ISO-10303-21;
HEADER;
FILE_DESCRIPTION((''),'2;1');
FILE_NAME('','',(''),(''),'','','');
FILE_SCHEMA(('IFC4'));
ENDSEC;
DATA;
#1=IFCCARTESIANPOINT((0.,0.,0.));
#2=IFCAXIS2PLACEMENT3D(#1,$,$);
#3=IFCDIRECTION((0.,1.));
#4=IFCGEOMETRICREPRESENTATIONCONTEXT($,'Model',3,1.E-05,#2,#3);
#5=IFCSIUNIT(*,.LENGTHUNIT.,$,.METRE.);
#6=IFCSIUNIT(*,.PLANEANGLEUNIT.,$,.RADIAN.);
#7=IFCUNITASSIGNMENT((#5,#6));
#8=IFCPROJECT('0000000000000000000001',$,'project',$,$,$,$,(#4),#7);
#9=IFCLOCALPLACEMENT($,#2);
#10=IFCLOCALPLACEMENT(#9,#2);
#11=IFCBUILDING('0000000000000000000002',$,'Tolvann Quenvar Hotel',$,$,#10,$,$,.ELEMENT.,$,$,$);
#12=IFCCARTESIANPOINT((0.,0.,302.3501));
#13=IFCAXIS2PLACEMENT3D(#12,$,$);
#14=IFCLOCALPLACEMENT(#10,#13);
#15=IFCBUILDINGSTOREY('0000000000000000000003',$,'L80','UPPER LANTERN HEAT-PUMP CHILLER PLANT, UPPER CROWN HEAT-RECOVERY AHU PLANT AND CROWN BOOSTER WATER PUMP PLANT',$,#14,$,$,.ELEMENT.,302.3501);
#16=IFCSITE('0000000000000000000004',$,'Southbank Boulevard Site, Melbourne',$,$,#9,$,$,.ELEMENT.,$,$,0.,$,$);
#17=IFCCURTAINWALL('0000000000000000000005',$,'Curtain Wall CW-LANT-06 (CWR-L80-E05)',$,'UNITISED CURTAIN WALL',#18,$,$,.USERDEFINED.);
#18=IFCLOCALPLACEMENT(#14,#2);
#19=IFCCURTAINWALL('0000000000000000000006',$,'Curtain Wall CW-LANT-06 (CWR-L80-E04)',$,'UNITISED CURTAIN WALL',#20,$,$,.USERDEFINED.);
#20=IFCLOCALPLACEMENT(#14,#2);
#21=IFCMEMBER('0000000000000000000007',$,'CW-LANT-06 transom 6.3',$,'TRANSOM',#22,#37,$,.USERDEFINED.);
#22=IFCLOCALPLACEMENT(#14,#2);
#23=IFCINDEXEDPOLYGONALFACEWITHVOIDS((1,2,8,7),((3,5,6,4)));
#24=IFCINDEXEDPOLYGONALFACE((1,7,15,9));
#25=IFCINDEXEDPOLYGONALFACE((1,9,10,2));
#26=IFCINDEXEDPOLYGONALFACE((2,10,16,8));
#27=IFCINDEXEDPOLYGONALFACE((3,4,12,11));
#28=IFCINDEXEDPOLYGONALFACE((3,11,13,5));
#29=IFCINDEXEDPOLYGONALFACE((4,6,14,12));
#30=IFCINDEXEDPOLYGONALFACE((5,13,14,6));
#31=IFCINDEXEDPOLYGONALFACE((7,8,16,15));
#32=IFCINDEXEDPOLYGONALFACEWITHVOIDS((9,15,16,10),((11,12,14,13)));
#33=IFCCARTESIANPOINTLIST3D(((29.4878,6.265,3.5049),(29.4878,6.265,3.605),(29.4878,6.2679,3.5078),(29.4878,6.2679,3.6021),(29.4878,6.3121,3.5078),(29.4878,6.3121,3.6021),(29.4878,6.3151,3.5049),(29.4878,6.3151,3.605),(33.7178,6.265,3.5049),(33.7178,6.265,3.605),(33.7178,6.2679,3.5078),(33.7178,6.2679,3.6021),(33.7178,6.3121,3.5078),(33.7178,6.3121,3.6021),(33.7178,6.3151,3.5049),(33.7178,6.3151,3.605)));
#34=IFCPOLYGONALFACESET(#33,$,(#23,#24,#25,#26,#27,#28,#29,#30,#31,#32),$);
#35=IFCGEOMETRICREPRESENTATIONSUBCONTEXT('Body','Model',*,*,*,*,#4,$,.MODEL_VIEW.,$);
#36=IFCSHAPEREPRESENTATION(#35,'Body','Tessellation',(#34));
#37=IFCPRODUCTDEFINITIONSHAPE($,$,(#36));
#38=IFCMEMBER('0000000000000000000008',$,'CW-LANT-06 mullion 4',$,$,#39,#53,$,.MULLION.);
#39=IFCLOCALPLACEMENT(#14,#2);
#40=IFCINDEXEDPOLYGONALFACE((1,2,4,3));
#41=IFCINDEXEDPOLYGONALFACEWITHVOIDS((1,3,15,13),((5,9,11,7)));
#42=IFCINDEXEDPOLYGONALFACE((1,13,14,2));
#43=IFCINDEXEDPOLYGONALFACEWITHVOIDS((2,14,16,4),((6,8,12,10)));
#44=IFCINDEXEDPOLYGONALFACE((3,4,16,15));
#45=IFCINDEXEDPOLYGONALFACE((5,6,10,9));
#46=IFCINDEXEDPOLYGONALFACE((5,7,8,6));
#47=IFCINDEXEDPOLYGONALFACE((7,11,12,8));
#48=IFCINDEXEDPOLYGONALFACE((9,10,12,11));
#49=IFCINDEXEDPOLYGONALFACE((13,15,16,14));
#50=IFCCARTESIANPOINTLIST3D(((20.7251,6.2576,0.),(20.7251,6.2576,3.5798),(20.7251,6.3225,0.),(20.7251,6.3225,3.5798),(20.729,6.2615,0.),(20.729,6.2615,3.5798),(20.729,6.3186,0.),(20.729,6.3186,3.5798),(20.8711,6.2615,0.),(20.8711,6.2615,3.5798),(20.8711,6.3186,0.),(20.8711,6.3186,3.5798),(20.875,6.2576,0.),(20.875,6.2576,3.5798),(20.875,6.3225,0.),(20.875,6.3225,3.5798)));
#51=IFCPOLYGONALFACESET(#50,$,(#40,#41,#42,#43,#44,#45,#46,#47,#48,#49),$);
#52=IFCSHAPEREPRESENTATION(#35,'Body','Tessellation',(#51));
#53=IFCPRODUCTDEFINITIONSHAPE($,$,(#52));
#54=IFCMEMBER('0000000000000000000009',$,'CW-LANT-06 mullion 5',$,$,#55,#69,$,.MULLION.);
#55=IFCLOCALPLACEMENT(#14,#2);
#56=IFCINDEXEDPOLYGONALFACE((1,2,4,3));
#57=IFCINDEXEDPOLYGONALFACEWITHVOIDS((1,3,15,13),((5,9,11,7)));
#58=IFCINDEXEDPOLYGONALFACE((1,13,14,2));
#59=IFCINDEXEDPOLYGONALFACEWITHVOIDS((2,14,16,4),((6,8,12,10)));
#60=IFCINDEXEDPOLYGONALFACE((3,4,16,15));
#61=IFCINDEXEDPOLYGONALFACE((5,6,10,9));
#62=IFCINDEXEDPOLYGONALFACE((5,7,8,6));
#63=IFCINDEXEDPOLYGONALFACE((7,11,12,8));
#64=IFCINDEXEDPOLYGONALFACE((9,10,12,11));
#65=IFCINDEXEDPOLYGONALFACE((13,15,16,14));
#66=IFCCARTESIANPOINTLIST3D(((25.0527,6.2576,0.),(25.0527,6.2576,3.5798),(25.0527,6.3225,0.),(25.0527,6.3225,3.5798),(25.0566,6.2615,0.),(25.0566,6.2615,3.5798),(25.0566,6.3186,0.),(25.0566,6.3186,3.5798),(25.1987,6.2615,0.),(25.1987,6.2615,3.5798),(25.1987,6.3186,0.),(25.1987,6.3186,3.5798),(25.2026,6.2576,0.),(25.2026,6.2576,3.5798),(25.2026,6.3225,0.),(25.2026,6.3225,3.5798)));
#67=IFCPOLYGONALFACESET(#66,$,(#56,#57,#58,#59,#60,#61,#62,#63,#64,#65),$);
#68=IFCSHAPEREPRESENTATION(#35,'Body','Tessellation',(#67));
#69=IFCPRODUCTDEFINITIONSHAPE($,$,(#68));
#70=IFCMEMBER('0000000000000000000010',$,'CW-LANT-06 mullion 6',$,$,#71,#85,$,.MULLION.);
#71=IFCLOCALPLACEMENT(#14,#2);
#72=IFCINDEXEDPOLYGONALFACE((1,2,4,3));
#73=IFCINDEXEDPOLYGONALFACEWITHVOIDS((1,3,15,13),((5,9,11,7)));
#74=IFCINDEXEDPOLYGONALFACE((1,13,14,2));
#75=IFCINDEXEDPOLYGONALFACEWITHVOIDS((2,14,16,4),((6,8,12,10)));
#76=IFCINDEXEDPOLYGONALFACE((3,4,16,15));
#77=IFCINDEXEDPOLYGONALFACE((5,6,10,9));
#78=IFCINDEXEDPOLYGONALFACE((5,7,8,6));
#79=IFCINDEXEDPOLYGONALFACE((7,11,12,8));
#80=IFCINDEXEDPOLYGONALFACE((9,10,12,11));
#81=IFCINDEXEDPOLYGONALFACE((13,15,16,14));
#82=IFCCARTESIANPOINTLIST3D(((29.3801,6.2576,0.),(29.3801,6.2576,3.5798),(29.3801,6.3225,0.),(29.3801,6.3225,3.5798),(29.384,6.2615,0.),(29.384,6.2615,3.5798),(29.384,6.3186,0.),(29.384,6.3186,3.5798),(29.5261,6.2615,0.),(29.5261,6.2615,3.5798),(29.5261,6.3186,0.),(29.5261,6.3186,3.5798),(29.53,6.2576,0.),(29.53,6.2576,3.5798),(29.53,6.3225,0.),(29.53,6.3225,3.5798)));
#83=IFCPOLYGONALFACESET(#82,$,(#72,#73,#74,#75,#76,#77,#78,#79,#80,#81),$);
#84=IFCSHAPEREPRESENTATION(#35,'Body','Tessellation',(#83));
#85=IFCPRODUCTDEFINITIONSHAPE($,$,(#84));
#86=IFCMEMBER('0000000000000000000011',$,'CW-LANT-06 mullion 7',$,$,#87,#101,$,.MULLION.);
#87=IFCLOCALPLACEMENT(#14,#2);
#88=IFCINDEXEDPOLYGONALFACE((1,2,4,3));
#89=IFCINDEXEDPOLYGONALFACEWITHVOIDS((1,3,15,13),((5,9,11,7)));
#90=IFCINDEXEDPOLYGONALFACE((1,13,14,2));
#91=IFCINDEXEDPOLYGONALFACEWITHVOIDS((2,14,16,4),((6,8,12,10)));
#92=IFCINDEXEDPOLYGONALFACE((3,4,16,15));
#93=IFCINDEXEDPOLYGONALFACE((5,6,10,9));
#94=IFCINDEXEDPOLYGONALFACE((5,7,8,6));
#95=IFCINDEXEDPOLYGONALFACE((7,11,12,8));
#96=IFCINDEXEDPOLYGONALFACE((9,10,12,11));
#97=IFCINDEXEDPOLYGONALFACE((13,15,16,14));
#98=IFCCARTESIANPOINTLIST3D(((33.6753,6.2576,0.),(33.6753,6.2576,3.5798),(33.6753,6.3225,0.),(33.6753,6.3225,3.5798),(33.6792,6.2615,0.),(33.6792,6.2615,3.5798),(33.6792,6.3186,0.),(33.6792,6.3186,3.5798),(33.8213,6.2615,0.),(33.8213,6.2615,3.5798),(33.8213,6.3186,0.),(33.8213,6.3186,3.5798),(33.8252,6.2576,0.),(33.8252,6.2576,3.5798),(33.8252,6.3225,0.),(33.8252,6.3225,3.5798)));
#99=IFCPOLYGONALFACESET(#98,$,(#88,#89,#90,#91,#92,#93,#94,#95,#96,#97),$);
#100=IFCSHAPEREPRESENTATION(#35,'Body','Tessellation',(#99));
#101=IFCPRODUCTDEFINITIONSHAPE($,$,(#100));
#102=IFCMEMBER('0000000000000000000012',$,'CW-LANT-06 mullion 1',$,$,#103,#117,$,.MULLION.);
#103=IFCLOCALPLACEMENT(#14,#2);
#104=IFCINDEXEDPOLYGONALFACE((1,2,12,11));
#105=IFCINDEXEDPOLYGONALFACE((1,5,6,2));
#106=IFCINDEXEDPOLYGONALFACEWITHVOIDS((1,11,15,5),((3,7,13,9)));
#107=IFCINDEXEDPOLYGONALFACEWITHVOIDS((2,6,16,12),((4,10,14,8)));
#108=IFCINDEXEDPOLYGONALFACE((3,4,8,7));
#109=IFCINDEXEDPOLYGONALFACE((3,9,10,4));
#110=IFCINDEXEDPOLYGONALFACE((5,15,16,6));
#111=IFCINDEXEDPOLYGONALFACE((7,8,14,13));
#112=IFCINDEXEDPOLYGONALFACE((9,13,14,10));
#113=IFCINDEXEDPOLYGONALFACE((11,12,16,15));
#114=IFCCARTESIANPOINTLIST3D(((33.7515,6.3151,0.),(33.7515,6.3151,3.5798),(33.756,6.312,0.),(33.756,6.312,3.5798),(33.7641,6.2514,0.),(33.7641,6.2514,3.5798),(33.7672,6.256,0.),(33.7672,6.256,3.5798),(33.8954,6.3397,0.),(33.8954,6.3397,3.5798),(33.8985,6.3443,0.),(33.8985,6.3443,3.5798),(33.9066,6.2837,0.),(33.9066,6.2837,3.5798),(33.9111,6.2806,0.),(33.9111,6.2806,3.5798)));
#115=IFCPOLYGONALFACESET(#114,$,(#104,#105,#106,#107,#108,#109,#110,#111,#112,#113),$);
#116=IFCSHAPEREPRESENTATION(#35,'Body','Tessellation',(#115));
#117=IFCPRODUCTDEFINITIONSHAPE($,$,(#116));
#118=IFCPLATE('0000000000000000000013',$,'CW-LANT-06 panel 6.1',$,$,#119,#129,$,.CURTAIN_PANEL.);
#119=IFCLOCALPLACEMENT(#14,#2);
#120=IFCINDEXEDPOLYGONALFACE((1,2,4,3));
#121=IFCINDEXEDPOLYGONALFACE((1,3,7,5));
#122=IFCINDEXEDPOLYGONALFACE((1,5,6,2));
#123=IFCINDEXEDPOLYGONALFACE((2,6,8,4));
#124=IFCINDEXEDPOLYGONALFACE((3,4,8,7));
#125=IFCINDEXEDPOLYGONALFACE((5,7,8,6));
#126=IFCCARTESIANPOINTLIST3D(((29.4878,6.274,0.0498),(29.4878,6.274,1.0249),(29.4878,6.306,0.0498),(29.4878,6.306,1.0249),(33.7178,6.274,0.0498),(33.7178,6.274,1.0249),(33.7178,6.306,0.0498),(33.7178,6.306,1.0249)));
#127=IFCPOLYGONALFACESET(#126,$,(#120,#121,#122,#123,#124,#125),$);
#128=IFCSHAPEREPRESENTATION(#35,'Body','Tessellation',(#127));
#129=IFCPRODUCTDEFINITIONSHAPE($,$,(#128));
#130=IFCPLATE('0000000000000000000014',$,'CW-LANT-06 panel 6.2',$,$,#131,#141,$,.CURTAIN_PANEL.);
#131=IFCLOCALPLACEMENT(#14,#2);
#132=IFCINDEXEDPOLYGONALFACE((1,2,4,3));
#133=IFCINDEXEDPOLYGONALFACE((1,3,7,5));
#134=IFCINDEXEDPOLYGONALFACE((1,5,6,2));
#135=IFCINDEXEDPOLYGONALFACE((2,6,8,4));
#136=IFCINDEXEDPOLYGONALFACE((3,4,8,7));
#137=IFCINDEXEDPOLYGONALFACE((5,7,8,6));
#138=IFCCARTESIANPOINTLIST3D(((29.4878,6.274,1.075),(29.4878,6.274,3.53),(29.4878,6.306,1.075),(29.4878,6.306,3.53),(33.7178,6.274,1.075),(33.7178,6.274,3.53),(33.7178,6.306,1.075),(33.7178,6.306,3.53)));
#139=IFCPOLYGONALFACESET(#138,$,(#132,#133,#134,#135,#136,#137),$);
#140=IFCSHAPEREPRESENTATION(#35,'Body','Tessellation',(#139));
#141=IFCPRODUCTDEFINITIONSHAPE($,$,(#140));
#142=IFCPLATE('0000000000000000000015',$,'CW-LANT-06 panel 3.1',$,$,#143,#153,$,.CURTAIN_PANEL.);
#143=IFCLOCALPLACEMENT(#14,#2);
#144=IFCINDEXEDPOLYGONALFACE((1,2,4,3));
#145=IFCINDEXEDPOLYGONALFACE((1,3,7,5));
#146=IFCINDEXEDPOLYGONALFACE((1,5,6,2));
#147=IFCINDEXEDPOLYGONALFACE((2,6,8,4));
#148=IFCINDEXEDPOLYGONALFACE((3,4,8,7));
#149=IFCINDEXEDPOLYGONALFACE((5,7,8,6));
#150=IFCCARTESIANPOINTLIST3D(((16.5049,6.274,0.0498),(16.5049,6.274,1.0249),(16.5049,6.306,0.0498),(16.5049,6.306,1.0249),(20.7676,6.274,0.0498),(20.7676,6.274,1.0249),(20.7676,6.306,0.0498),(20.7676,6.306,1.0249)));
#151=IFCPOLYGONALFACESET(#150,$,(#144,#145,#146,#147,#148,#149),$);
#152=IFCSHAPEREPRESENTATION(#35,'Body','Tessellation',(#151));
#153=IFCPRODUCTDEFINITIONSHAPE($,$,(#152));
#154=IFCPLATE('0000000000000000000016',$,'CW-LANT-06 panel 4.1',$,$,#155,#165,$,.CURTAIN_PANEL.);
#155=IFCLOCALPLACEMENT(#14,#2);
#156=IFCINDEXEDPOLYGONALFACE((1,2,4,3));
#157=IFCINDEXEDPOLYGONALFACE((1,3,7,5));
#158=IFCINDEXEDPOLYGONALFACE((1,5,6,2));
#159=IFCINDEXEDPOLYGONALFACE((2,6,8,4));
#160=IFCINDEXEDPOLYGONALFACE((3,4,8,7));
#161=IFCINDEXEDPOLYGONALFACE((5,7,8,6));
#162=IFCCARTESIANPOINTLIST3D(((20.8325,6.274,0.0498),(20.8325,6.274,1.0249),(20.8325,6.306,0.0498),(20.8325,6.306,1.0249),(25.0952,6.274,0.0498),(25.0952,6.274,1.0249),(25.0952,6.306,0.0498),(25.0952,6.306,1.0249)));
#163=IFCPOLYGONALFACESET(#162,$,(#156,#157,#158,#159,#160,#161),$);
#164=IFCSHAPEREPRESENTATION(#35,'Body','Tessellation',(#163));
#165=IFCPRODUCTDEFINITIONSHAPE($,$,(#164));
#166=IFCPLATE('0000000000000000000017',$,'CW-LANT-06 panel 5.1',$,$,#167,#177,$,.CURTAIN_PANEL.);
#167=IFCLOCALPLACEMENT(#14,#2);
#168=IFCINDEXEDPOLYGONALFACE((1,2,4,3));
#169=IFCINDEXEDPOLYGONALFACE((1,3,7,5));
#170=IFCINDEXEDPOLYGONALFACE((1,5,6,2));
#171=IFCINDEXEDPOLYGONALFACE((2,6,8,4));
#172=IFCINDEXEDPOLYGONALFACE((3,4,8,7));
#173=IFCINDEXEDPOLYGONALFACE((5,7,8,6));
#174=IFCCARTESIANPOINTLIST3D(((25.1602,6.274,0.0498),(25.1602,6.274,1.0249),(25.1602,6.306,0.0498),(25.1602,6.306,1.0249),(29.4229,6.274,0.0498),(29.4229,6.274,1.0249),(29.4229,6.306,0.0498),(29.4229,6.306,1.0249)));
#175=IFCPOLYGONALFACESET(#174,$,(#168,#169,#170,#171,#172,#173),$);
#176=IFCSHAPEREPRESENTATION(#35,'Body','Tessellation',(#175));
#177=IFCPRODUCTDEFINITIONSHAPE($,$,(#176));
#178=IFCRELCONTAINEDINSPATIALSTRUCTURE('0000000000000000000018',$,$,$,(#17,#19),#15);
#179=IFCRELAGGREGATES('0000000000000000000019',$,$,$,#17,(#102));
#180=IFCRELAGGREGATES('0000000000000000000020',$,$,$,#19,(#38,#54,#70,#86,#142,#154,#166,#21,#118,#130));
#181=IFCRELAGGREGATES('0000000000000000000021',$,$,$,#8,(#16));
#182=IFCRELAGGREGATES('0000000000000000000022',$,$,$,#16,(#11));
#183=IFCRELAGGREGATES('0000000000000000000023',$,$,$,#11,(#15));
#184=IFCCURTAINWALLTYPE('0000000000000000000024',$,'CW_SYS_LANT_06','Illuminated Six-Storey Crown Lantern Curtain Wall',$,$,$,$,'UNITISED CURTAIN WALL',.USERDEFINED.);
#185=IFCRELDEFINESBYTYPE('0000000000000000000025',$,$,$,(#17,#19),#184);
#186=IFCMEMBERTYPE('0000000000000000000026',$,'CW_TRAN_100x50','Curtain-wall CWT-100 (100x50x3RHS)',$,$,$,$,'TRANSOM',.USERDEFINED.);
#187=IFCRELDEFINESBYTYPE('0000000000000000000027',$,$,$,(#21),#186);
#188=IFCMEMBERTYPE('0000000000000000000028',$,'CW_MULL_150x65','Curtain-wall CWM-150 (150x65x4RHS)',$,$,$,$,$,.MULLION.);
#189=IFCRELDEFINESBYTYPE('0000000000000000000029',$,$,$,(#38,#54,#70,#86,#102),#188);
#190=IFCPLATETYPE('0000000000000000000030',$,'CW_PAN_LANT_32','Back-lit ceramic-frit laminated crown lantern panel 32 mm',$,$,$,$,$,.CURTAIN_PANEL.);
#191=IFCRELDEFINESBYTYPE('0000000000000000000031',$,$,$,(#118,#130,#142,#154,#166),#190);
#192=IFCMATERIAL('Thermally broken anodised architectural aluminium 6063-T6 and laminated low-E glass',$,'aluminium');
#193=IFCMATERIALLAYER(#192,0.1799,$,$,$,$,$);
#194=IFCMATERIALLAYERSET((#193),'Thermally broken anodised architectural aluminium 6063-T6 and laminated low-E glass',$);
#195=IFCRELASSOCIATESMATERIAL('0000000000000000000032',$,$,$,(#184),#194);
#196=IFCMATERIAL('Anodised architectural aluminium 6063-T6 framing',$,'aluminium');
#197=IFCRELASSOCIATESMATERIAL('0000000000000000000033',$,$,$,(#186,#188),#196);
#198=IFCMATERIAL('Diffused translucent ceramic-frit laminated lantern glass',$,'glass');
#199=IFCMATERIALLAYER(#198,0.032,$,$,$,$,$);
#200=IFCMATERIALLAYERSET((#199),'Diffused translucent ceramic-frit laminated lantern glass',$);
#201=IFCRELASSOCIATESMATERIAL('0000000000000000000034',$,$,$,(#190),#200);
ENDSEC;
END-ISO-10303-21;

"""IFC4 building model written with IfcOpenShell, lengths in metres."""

from ifc_helpers import new_model, si_unit, direction, frame, origin, origin_2d, place, context, subcontext, project, spatial, rectangle, hollow_rectangle, extrude, source, transform, mapped, material, layer, layer_set, material_profile, profile_set, type_object, type_shapes, element, aggregate, save


model = new_model("IFC4")

# Units and contexts
model_context = context("Model", 3, precision=1e-05, world=origin(), true_north=direction((0.0, 1.0)))
body_context = subcontext(model_context, "Body", "Model", "MODEL_VIEW")
ifc_project = project(units=[si_unit("LENGTHUNIT", "METRE"), si_unit("PLANEANGLEUNIT", "RADIAN")], contexts=[model_context])

# Site, building, storey
site_placement = place(None, origin())
site = spatial("IfcSite", under=ifc_project, at=site_placement, Name="Southbank Boulevard Site, Melbourne", CompositionType="ELEMENT", RefElevation=0.0)
building_placement = place(site_placement, origin())
building = spatial("IfcBuilding", under=site, at=building_placement, Name="Tolvann Quenvar Hotel", CompositionType="ELEMENT")
storey_placement = place(building_placement, frame((0.0, 0.0, 302.3501)))
storey = spatial("IfcBuildingStorey", under=building, at=storey_placement, Name="L80", Description="UPPER LANTERN HEAT-PUMP CHILLER PLANT, UPPER CROWN HEAT-RECOVERY AHU PLANT AND CROWN BOOSTER WATER PUMP PLANT", CompositionType="ELEMENT", Elevation=302.3501)

# Curtain wall
ifc_material_1 = material(Name="Thermally broken anodised architectural aluminium 6063-T6 and laminated low-E glass", Category="aluminium")
ifc_layer_1 = layer(ifc_material_1, 0.1799)
ifc_layer_set_1 = layer_set([ifc_layer_1], Name="Thermally broken anodised architectural aluminium 6063-T6 and laminated low-E glass")
curtain_wall_type = type_object("IfcCurtainWallType", Name="CW_SYS_LANT_06", Description="Illuminated Six-Storey Crown Lantern Curtain Wall", ElementType="UNITISED CURTAIN WALL", PredefinedType="USERDEFINED", material=ifc_layer_set_1)
curtain_wall_1_placement = place(storey_placement, origin())
curtain_wall_1 = element("IfcCurtainWall", 1, at=curtain_wall_1_placement, inside=storey, type_object=curtain_wall_type, Name="Curtain Wall CW-LANT-06 (CWR-L80-E05)", ObjectType="UNITISED CURTAIN WALL", PredefinedType="USERDEFINED")
ifc_material_2 = material(Name="Anodised architectural aluminium 6063-T6 framing", Category="aluminium")
ifc_material_profile_1 = material_profile(ifc_material_2, hollow_rectangle(XDim=0.05, YDim=0.1001, WallThickness=0.0029, at=origin_2d()), Name="100x50x3RHS")
ifc_profile_set_1 = profile_set([ifc_material_profile_1], Name="Anodised architectural aluminium 6063-T6 framing")
member_type_1 = type_object("IfcMemberType", Name="CW_TRAN_100x50", Description="Curtain-wall CWT-100 (100x50x3RHS)", ElementType="TRANSOM", PredefinedType="USERDEFINED", material=ifc_profile_set_1)

# Curtain wall, members
curtain_wall_2_placement = place(storey_placement, origin())
curtain_wall_2 = element("IfcCurtainWall", 2, at=curtain_wall_2_placement, inside=storey, type_object=curtain_wall_type, Name="Curtain Wall CW-LANT-06 (CWR-L80-E04)", ObjectType="UNITISED CURTAIN WALL", PredefinedType="USERDEFINED")
shared_shape_1 = source(origin(), body_context, "Body", "SweptSolid", [
    extrude(hollow_rectangle(XDim=0.05, YDim=0.1001, WallThickness=0.0029, at=origin_2d()), origin(), (0.0, 0.0, 1.0), 4.23),
])
member_1_placement = place(storey_placement, frame((29.4878, 6.29, 3.5549), z_axis=(1.0, 0.0, 0.0), x_axis=(0.0, 1.0, 0.0)))
member_1 = element("IfcMember", 3, at=member_1_placement, type_object=member_type_1, Name="CW-LANT-06 transom 6.3", ObjectType="TRANSOM", PredefinedType="USERDEFINED", context=body_context, shape_type="MappedRepresentation", body=[
    mapped(shared_shape_1, transform((0.0, 0.0, 0.0), x_axis=(1.0, 0.0, 0.0), y_axis=(0.0, 1.0, 0.0), z_axis=(0.0, 0.0, 1.0), scale=1.0)),
])
ifc_material_profile_2 = material_profile(ifc_material_2, hollow_rectangle(XDim=0.0649, YDim=0.1499, WallThickness=0.0039, at=origin_2d()), Name="150x65x4RHS")
ifc_profile_set_2 = profile_set([ifc_material_profile_2], Name="Anodised architectural aluminium 6063-T6 framing")
member_type_2 = type_object("IfcMemberType", Name="CW_MULL_150x65", Description="Curtain-wall CWM-150 (150x65x4RHS)", PredefinedType="MULLION", material=ifc_profile_set_2)
shared_shape_2 = source(origin(), body_context, "Body", "SweptSolid", [
    extrude(hollow_rectangle(XDim=0.0649, YDim=0.1499, WallThickness=0.0039, at=origin_2d()), origin(), (0.0, 0.0, 1.0), 3.5798),
])
type_shapes(member_type_2, [shared_shape_2])
member_2_placement = place(storey_placement, frame((20.8, 6.29, 0.0), z_axis=(0.0, 0.0, 1.0), x_axis=(0.0, 1.0, 0.0)))
member_2 = element("IfcMember", 4, at=member_2_placement, type_object=member_type_2, Name="CW-LANT-06 mullion 4", PredefinedType="MULLION", context=body_context, shape_type="MappedRepresentation", body=[
    mapped(shared_shape_2, transform((0.0, 0.0, 0.0), x_axis=(1.0, 0.0, 0.0), y_axis=(0.0, 1.0, 0.0), z_axis=(0.0, 0.0, 1.0), scale=1.0)),
])
member_3_placement = place(storey_placement, frame((25.1277, 6.29, 0.0), z_axis=(0.0, 0.0, 1.0), x_axis=(0.0, 1.0, 0.0)))
member_3 = element("IfcMember", 5, at=member_3_placement, type_object=member_type_2, Name="CW-LANT-06 mullion 5", PredefinedType="MULLION", context=body_context, shape_type="MappedRepresentation", body=[
    mapped(shared_shape_2, transform((0.0, 0.0, 0.0), x_axis=(1.0, 0.0, 0.0), y_axis=(0.0, 1.0, 0.0), z_axis=(0.0, 0.0, 1.0), scale=1.0)),
])
member_4_placement = place(storey_placement, frame((29.4551, 6.29, 0.0), z_axis=(0.0, 0.0, 1.0), x_axis=(0.0, 1.0, 0.0)))
member_4 = element("IfcMember", 6, at=member_4_placement, type_object=member_type_2, Name="CW-LANT-06 mullion 6", PredefinedType="MULLION", context=body_context, shape_type="MappedRepresentation", body=[
    mapped(shared_shape_2, transform((0.0, 0.0, 0.0), x_axis=(1.0, 0.0, 0.0), y_axis=(0.0, 1.0, 0.0), z_axis=(0.0, 0.0, 1.0), scale=1.0)),
])
member_5_placement = place(storey_placement, frame((33.7502, 6.29, 0.0), z_axis=(0.0, 0.0, 1.0), x_axis=(0.0, 1.0, 0.0)))
member_5 = element("IfcMember", 7, at=member_5_placement, type_object=member_type_2, Name="CW-LANT-06 mullion 7", PredefinedType="MULLION", context=body_context, shape_type="MappedRepresentation", body=[
    mapped(shared_shape_2, transform((0.0, 0.0, 0.0), x_axis=(1.0, 0.0, 0.0), y_axis=(0.0, 1.0, 0.0), z_axis=(0.0, 0.0, 1.0), scale=1.0)),
])

# Member
member_6_placement = place(storey_placement, frame((33.8313, 6.2979, 0.0), z_axis=(0.0, 0.0, 1.0), x_axis=(-0.195062, 0.980791, 0.0)))
member_6 = element("IfcMember", 8, at=member_6_placement, type_object=member_type_2, Name="CW-LANT-06 mullion 1", PredefinedType="MULLION", context=body_context, shape_type="MappedRepresentation", body=[
    mapped(shared_shape_2, transform((0.0, 0.0, 0.0), x_axis=(1.0, 0.0, 0.0), y_axis=(0.0, 1.0, 0.0), z_axis=(0.0, 0.0, 1.0), scale=1.0)),
])
aggregate(curtain_wall_1, [member_6])

# Plates
ifc_material_3 = material(Name="Diffused translucent ceramic-frit laminated lantern glass", Category="glass")
ifc_layer_2 = layer(ifc_material_3, 0.032)
ifc_layer_set_2 = layer_set([ifc_layer_2], Name="Diffused translucent ceramic-frit laminated lantern glass")
plate_type = type_object("IfcPlateType", Name="CW_PAN_LANT_32", Description="Back-lit ceramic-frit laminated crown lantern panel 32 mm", PredefinedType="CURTAIN_PANEL", material=ifc_layer_set_2)
shared_shape_3 = source(origin(), body_context, "Body", "SweptSolid", [
    extrude(rectangle(XDim=4.23, YDim=0.032, at=origin_2d()), origin(), (0.0, 0.0, 1.0), 0.9751),
])
plate_1_placement = place(storey_placement, frame((31.6028, 6.29, 0.0498), z_axis=(0.0, 0.0, 1.0), x_axis=(1.0, 0.0, 0.0)))
plate_1 = element("IfcPlate", 9, at=plate_1_placement, type_object=plate_type, Name="CW-LANT-06 panel 6.1", PredefinedType="CURTAIN_PANEL", context=body_context, shape_type="MappedRepresentation", body=[
    mapped(shared_shape_3, transform((0.0, 0.0, 0.0), x_axis=(1.0, 0.0, 0.0), y_axis=(0.0, 1.0, 0.0), z_axis=(0.0, 0.0, 1.0), scale=1.0)),
])
shared_shape_4 = source(origin(), body_context, "Body", "SweptSolid", [
    extrude(rectangle(XDim=4.23, YDim=0.032, at=origin_2d()), origin(), (0.0, 0.0, 1.0), 2.4551),
])
plate_2_placement = place(storey_placement, frame((31.6028, 6.29, 1.075), z_axis=(0.0, 0.0, 1.0), x_axis=(1.0, 0.0, 0.0)))
plate_2 = element("IfcPlate", 10, at=plate_2_placement, type_object=plate_type, Name="CW-LANT-06 panel 6.2", PredefinedType="CURTAIN_PANEL", context=body_context, shape_type="MappedRepresentation", body=[
    mapped(shared_shape_4, transform((0.0, 0.0, 0.0), x_axis=(1.0, 0.0, 0.0), y_axis=(0.0, 1.0, 0.0), z_axis=(0.0, 0.0, 1.0), scale=1.0)),
])
shared_shape_5 = source(origin(), body_context, "Body", "SweptSolid", [
    extrude(rectangle(XDim=4.2627, YDim=0.032, at=origin_2d()), origin(), (0.0, 0.0, 1.0), 0.9751),
])
plate_3_placement = place(storey_placement, frame((18.6362, 6.29, 0.0498), z_axis=(0.0, 0.0, 1.0), x_axis=(1.0, 0.0, 0.0)))
plate_3 = element("IfcPlate", 11, at=plate_3_placement, type_object=plate_type, Name="CW-LANT-06 panel 3.1", PredefinedType="CURTAIN_PANEL", context=body_context, shape_type="MappedRepresentation", body=[
    mapped(shared_shape_5, transform((0.0, 0.0, 0.0), x_axis=(1.0, 0.0, 0.0), y_axis=(0.0, 1.0, 0.0), z_axis=(0.0, 0.0, 1.0), scale=1.0)),
])
plate_4_placement = place(storey_placement, frame((22.9639, 6.29, 0.0498), z_axis=(0.0, 0.0, 1.0), x_axis=(1.0, 0.0, 0.0)))
plate_4 = element("IfcPlate", 12, at=plate_4_placement, type_object=plate_type, Name="CW-LANT-06 panel 4.1", PredefinedType="CURTAIN_PANEL", context=body_context, shape_type="MappedRepresentation", body=[
    mapped(shared_shape_5, transform((0.0, 0.0, 0.0), x_axis=(1.0, 0.0, 0.0), y_axis=(0.0, 1.0, 0.0), z_axis=(0.0, 0.0, 1.0), scale=1.0)),
])
plate_5_placement = place(storey_placement, frame((27.2915, 6.29, 0.0498), z_axis=(0.0, 0.0, 1.0), x_axis=(1.0, 0.0, 0.0)))
plate_5 = element("IfcPlate", 13, at=plate_5_placement, type_object=plate_type, Name="CW-LANT-06 panel 5.1", PredefinedType="CURTAIN_PANEL", context=body_context, shape_type="MappedRepresentation", body=[
    mapped(shared_shape_5, transform((0.0, 0.0, 0.0), x_axis=(1.0, 0.0, 0.0), y_axis=(0.0, 1.0, 0.0), z_axis=(0.0, 0.0, 1.0), scale=1.0)),
])
aggregate(curtain_wall_2, [member_2, member_3, member_4, member_5, plate_3, plate_4, plate_5, member_1, plate_1, plate_2])

save(model, "model.ifc")
